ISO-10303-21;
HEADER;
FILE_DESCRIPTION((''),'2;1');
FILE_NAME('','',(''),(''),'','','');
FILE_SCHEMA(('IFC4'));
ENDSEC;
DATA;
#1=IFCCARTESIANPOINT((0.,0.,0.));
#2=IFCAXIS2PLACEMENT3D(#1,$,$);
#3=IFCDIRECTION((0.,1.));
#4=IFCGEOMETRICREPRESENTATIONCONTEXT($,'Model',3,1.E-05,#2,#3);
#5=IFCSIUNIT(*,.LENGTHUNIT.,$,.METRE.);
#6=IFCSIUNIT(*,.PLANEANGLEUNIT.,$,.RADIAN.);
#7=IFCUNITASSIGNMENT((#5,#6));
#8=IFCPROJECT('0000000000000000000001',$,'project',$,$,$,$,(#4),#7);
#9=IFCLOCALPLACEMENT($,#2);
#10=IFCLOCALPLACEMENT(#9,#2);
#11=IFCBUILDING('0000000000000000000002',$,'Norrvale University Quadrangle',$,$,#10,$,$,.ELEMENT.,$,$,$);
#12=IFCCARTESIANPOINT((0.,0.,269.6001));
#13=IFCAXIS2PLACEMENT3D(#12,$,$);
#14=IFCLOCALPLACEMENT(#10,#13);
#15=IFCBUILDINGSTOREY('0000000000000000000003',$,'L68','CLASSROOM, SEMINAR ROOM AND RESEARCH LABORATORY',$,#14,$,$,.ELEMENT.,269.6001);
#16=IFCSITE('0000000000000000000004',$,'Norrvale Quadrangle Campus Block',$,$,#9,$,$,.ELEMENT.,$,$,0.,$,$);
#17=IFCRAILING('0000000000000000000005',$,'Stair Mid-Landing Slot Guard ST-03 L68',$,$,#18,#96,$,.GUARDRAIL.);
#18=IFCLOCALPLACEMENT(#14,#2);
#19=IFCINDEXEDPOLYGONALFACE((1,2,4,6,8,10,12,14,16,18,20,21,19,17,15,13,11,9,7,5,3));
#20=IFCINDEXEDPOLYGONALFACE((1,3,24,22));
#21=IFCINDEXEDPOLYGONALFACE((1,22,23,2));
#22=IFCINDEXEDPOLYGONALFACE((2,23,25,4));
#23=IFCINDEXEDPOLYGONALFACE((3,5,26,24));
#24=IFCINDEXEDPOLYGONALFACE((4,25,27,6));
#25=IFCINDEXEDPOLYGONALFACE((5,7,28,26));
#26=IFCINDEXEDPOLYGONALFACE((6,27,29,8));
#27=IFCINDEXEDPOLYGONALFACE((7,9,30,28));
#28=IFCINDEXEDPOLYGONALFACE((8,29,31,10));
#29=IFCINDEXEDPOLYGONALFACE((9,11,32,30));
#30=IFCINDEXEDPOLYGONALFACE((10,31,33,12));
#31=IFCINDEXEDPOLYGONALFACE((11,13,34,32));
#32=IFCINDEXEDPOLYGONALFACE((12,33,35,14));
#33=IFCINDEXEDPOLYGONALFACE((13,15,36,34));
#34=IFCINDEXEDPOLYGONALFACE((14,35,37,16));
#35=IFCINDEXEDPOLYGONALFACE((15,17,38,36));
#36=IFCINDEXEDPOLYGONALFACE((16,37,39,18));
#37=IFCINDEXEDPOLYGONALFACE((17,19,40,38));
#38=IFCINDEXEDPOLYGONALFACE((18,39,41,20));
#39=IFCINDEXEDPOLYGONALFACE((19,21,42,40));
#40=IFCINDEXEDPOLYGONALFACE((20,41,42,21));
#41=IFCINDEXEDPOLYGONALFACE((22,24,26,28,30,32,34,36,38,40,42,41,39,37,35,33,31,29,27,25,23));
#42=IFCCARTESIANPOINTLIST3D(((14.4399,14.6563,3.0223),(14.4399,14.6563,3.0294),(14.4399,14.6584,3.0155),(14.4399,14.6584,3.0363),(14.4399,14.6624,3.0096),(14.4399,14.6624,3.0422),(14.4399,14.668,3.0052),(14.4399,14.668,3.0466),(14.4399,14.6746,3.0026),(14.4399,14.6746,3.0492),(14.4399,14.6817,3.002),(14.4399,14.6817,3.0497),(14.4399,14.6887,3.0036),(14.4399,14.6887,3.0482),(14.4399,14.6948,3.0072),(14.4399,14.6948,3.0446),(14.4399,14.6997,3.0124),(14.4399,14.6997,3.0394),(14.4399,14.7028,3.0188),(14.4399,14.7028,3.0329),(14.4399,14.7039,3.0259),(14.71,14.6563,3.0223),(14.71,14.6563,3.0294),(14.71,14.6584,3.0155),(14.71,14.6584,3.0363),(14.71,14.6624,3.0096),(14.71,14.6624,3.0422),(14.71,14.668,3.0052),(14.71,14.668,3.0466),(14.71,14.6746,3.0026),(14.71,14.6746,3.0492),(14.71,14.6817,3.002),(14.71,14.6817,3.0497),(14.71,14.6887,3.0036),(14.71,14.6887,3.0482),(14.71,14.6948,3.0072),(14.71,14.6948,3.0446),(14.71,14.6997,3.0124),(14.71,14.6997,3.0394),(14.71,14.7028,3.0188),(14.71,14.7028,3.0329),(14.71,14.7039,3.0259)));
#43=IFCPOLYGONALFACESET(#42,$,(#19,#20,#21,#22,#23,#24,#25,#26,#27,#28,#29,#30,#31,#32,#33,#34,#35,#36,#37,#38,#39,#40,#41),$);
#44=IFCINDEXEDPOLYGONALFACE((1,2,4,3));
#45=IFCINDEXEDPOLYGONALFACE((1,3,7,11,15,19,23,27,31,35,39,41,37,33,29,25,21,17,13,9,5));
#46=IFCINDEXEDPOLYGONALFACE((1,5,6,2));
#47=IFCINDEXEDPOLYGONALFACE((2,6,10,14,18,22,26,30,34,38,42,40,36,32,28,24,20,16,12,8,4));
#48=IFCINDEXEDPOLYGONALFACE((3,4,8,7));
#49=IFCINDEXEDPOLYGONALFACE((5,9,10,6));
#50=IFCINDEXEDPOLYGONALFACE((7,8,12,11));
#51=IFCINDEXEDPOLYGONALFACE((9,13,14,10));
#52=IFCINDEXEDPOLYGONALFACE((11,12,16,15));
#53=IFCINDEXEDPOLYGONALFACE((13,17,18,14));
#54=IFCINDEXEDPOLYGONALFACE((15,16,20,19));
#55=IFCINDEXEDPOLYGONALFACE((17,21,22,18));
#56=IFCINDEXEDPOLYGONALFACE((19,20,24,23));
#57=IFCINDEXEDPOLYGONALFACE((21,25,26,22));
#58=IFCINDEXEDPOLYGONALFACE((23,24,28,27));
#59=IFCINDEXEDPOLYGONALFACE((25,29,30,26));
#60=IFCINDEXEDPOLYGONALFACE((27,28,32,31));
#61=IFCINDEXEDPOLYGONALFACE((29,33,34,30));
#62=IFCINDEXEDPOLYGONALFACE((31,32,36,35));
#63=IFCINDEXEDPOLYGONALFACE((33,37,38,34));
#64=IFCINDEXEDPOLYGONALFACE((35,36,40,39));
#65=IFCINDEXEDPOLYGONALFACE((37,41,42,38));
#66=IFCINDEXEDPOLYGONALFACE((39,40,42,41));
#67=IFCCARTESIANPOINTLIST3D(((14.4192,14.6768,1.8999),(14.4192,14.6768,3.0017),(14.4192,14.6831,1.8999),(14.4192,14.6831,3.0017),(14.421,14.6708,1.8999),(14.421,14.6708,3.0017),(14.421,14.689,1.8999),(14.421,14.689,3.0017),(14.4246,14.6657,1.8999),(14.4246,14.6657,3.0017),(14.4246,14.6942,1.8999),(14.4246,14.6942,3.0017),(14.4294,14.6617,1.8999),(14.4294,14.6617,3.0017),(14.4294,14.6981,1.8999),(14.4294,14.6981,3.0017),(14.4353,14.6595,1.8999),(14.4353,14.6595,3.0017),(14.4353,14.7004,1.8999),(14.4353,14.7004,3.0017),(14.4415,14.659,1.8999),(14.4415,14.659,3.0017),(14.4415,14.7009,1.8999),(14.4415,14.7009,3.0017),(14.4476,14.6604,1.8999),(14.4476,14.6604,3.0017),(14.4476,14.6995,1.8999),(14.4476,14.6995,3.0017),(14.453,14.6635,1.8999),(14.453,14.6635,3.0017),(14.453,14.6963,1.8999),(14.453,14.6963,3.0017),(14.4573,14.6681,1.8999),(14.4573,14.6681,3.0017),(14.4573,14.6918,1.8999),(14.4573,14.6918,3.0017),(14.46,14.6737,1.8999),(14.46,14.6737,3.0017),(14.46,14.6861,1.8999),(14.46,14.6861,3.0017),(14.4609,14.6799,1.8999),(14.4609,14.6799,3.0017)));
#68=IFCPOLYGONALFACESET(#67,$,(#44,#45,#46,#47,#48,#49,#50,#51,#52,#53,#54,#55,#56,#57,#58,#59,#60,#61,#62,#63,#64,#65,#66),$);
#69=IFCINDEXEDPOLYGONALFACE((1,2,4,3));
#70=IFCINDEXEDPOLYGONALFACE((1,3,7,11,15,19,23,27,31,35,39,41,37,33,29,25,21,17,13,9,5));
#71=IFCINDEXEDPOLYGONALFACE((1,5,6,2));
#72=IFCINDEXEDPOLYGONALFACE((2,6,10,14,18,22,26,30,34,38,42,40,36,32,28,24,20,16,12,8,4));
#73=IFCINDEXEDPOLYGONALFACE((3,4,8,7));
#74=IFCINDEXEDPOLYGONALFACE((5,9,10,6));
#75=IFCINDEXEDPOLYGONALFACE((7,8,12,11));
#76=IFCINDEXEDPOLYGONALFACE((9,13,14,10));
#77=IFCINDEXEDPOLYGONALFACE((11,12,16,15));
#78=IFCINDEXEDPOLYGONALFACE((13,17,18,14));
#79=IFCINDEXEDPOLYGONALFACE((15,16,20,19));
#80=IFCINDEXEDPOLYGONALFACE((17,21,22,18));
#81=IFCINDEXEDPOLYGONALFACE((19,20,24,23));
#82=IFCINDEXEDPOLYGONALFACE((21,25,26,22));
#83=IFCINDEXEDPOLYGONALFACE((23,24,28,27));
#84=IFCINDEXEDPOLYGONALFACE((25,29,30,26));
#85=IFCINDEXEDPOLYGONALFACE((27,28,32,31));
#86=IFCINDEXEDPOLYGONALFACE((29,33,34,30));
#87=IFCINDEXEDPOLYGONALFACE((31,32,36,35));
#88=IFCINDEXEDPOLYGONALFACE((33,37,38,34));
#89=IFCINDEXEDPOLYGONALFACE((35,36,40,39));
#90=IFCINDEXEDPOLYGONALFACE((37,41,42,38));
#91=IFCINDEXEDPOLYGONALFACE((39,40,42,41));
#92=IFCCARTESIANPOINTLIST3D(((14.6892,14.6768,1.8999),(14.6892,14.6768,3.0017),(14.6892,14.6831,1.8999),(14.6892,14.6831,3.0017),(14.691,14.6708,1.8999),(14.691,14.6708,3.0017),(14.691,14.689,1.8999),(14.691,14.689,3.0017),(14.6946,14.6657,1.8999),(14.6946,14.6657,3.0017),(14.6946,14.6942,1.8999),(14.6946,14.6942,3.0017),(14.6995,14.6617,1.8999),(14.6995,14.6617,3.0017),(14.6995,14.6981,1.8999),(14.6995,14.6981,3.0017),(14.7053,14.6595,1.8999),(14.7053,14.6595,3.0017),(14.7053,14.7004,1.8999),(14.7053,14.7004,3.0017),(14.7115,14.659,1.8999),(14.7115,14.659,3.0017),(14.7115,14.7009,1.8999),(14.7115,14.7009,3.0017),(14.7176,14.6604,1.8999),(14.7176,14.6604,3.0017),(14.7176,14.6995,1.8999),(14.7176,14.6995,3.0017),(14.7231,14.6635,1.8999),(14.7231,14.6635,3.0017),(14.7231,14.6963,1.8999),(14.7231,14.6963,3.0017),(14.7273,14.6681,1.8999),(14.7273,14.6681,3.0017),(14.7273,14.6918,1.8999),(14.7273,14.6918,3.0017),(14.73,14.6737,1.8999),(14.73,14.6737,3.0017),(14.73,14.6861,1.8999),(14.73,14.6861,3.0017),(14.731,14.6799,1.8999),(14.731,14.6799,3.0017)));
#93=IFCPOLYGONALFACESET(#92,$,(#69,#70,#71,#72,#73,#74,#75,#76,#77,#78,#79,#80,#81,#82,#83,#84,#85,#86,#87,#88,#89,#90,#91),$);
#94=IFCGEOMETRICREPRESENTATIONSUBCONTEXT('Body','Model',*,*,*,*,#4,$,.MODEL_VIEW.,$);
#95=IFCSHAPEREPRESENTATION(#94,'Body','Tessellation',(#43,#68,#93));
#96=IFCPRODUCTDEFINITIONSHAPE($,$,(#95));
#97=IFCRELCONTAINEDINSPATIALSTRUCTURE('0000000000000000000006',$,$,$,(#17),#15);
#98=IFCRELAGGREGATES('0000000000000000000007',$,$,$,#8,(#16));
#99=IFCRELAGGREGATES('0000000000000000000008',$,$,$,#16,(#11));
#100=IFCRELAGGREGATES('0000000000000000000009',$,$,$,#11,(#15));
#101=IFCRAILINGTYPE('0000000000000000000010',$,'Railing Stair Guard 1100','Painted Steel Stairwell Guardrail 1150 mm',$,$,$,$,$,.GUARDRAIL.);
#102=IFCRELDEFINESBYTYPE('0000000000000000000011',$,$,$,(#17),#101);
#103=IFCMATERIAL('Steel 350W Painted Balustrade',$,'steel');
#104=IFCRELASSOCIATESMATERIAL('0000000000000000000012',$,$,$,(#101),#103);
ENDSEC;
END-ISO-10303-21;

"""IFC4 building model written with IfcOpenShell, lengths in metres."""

from ifc_helpers import new_model, si_unit, direction, frame, origin, origin_2d, place, context, subcontext, project, spatial, circle, extrude, material, type_object, element, save


model = new_model("IFC4")

# Units and contexts
model_context = context("Model", 3, precision=1e-05, world=origin(), true_north=direction((0.0, 1.0)))
body_context = subcontext(model_context, "Body", "Model", "MODEL_VIEW")
ifc_project = project(units=[si_unit("LENGTHUNIT", "METRE"), si_unit("PLANEANGLEUNIT", "RADIAN")], contexts=[model_context])

# Site, building, storey
site_placement = place(None, origin())
site = spatial("IfcSite", under=ifc_project, at=site_placement, Name="Norrvale Quadrangle Campus Block", CompositionType="ELEMENT", RefElevation=0.0)
building_placement = place(site_placement, origin())
building = spatial("IfcBuilding", under=site, at=building_placement, Name="Norrvale University Quadrangle", CompositionType="ELEMENT")
storey_placement = place(building_placement, frame((0.0, 0.0, 269.6001)))
storey = spatial("IfcBuildingStorey", under=building, at=storey_placement, Name="L68", Description="CLASSROOM, SEMINAR ROOM AND RESEARCH LABORATORY", CompositionType="ELEMENT", Elevation=269.6001)

# Railing
ifc_material_1 = material(Name="Steel 350W Painted Balustrade", Category="steel")
railing_type_1 = type_object("IfcRailingType", Name="Railing Stair Guard 1100", Description="Painted Steel Stairwell Guardrail 1150 mm", PredefinedType="GUARDRAIL", material=ifc_material_1)
railing_1_placement = place(storey_placement, frame((14.4399, 14.6799, 1.8999)))
element("IfcRailing", 1, at=railing_1_placement, inside=storey, type_object=railing_type_1, Name="Stair Mid-Landing Slot Guard ST-03 L68", PredefinedType="GUARDRAIL", context=body_context, shape_type="SweptSolid", body=[
    extrude(circle(Radius=0.0239, at=origin_2d()), frame((0.0, 0.0, 1.126), z_axis=(1.0, 0.0, 0.0), x_axis=(0.0, 1.0, 0.0)), (0.0, 0.0, 1.0), 0.27),
    extrude(circle(Radius=0.021, at=origin_2d()), origin(), (0.0, 0.0, 1.0), 1.1018),
    extrude(circle(Radius=0.021, at=origin_2d()), frame((0.27, 0.0, 0.0)), (0.0, 0.0, 1.0), 1.1018),
])

save(model, "model.ifc")
